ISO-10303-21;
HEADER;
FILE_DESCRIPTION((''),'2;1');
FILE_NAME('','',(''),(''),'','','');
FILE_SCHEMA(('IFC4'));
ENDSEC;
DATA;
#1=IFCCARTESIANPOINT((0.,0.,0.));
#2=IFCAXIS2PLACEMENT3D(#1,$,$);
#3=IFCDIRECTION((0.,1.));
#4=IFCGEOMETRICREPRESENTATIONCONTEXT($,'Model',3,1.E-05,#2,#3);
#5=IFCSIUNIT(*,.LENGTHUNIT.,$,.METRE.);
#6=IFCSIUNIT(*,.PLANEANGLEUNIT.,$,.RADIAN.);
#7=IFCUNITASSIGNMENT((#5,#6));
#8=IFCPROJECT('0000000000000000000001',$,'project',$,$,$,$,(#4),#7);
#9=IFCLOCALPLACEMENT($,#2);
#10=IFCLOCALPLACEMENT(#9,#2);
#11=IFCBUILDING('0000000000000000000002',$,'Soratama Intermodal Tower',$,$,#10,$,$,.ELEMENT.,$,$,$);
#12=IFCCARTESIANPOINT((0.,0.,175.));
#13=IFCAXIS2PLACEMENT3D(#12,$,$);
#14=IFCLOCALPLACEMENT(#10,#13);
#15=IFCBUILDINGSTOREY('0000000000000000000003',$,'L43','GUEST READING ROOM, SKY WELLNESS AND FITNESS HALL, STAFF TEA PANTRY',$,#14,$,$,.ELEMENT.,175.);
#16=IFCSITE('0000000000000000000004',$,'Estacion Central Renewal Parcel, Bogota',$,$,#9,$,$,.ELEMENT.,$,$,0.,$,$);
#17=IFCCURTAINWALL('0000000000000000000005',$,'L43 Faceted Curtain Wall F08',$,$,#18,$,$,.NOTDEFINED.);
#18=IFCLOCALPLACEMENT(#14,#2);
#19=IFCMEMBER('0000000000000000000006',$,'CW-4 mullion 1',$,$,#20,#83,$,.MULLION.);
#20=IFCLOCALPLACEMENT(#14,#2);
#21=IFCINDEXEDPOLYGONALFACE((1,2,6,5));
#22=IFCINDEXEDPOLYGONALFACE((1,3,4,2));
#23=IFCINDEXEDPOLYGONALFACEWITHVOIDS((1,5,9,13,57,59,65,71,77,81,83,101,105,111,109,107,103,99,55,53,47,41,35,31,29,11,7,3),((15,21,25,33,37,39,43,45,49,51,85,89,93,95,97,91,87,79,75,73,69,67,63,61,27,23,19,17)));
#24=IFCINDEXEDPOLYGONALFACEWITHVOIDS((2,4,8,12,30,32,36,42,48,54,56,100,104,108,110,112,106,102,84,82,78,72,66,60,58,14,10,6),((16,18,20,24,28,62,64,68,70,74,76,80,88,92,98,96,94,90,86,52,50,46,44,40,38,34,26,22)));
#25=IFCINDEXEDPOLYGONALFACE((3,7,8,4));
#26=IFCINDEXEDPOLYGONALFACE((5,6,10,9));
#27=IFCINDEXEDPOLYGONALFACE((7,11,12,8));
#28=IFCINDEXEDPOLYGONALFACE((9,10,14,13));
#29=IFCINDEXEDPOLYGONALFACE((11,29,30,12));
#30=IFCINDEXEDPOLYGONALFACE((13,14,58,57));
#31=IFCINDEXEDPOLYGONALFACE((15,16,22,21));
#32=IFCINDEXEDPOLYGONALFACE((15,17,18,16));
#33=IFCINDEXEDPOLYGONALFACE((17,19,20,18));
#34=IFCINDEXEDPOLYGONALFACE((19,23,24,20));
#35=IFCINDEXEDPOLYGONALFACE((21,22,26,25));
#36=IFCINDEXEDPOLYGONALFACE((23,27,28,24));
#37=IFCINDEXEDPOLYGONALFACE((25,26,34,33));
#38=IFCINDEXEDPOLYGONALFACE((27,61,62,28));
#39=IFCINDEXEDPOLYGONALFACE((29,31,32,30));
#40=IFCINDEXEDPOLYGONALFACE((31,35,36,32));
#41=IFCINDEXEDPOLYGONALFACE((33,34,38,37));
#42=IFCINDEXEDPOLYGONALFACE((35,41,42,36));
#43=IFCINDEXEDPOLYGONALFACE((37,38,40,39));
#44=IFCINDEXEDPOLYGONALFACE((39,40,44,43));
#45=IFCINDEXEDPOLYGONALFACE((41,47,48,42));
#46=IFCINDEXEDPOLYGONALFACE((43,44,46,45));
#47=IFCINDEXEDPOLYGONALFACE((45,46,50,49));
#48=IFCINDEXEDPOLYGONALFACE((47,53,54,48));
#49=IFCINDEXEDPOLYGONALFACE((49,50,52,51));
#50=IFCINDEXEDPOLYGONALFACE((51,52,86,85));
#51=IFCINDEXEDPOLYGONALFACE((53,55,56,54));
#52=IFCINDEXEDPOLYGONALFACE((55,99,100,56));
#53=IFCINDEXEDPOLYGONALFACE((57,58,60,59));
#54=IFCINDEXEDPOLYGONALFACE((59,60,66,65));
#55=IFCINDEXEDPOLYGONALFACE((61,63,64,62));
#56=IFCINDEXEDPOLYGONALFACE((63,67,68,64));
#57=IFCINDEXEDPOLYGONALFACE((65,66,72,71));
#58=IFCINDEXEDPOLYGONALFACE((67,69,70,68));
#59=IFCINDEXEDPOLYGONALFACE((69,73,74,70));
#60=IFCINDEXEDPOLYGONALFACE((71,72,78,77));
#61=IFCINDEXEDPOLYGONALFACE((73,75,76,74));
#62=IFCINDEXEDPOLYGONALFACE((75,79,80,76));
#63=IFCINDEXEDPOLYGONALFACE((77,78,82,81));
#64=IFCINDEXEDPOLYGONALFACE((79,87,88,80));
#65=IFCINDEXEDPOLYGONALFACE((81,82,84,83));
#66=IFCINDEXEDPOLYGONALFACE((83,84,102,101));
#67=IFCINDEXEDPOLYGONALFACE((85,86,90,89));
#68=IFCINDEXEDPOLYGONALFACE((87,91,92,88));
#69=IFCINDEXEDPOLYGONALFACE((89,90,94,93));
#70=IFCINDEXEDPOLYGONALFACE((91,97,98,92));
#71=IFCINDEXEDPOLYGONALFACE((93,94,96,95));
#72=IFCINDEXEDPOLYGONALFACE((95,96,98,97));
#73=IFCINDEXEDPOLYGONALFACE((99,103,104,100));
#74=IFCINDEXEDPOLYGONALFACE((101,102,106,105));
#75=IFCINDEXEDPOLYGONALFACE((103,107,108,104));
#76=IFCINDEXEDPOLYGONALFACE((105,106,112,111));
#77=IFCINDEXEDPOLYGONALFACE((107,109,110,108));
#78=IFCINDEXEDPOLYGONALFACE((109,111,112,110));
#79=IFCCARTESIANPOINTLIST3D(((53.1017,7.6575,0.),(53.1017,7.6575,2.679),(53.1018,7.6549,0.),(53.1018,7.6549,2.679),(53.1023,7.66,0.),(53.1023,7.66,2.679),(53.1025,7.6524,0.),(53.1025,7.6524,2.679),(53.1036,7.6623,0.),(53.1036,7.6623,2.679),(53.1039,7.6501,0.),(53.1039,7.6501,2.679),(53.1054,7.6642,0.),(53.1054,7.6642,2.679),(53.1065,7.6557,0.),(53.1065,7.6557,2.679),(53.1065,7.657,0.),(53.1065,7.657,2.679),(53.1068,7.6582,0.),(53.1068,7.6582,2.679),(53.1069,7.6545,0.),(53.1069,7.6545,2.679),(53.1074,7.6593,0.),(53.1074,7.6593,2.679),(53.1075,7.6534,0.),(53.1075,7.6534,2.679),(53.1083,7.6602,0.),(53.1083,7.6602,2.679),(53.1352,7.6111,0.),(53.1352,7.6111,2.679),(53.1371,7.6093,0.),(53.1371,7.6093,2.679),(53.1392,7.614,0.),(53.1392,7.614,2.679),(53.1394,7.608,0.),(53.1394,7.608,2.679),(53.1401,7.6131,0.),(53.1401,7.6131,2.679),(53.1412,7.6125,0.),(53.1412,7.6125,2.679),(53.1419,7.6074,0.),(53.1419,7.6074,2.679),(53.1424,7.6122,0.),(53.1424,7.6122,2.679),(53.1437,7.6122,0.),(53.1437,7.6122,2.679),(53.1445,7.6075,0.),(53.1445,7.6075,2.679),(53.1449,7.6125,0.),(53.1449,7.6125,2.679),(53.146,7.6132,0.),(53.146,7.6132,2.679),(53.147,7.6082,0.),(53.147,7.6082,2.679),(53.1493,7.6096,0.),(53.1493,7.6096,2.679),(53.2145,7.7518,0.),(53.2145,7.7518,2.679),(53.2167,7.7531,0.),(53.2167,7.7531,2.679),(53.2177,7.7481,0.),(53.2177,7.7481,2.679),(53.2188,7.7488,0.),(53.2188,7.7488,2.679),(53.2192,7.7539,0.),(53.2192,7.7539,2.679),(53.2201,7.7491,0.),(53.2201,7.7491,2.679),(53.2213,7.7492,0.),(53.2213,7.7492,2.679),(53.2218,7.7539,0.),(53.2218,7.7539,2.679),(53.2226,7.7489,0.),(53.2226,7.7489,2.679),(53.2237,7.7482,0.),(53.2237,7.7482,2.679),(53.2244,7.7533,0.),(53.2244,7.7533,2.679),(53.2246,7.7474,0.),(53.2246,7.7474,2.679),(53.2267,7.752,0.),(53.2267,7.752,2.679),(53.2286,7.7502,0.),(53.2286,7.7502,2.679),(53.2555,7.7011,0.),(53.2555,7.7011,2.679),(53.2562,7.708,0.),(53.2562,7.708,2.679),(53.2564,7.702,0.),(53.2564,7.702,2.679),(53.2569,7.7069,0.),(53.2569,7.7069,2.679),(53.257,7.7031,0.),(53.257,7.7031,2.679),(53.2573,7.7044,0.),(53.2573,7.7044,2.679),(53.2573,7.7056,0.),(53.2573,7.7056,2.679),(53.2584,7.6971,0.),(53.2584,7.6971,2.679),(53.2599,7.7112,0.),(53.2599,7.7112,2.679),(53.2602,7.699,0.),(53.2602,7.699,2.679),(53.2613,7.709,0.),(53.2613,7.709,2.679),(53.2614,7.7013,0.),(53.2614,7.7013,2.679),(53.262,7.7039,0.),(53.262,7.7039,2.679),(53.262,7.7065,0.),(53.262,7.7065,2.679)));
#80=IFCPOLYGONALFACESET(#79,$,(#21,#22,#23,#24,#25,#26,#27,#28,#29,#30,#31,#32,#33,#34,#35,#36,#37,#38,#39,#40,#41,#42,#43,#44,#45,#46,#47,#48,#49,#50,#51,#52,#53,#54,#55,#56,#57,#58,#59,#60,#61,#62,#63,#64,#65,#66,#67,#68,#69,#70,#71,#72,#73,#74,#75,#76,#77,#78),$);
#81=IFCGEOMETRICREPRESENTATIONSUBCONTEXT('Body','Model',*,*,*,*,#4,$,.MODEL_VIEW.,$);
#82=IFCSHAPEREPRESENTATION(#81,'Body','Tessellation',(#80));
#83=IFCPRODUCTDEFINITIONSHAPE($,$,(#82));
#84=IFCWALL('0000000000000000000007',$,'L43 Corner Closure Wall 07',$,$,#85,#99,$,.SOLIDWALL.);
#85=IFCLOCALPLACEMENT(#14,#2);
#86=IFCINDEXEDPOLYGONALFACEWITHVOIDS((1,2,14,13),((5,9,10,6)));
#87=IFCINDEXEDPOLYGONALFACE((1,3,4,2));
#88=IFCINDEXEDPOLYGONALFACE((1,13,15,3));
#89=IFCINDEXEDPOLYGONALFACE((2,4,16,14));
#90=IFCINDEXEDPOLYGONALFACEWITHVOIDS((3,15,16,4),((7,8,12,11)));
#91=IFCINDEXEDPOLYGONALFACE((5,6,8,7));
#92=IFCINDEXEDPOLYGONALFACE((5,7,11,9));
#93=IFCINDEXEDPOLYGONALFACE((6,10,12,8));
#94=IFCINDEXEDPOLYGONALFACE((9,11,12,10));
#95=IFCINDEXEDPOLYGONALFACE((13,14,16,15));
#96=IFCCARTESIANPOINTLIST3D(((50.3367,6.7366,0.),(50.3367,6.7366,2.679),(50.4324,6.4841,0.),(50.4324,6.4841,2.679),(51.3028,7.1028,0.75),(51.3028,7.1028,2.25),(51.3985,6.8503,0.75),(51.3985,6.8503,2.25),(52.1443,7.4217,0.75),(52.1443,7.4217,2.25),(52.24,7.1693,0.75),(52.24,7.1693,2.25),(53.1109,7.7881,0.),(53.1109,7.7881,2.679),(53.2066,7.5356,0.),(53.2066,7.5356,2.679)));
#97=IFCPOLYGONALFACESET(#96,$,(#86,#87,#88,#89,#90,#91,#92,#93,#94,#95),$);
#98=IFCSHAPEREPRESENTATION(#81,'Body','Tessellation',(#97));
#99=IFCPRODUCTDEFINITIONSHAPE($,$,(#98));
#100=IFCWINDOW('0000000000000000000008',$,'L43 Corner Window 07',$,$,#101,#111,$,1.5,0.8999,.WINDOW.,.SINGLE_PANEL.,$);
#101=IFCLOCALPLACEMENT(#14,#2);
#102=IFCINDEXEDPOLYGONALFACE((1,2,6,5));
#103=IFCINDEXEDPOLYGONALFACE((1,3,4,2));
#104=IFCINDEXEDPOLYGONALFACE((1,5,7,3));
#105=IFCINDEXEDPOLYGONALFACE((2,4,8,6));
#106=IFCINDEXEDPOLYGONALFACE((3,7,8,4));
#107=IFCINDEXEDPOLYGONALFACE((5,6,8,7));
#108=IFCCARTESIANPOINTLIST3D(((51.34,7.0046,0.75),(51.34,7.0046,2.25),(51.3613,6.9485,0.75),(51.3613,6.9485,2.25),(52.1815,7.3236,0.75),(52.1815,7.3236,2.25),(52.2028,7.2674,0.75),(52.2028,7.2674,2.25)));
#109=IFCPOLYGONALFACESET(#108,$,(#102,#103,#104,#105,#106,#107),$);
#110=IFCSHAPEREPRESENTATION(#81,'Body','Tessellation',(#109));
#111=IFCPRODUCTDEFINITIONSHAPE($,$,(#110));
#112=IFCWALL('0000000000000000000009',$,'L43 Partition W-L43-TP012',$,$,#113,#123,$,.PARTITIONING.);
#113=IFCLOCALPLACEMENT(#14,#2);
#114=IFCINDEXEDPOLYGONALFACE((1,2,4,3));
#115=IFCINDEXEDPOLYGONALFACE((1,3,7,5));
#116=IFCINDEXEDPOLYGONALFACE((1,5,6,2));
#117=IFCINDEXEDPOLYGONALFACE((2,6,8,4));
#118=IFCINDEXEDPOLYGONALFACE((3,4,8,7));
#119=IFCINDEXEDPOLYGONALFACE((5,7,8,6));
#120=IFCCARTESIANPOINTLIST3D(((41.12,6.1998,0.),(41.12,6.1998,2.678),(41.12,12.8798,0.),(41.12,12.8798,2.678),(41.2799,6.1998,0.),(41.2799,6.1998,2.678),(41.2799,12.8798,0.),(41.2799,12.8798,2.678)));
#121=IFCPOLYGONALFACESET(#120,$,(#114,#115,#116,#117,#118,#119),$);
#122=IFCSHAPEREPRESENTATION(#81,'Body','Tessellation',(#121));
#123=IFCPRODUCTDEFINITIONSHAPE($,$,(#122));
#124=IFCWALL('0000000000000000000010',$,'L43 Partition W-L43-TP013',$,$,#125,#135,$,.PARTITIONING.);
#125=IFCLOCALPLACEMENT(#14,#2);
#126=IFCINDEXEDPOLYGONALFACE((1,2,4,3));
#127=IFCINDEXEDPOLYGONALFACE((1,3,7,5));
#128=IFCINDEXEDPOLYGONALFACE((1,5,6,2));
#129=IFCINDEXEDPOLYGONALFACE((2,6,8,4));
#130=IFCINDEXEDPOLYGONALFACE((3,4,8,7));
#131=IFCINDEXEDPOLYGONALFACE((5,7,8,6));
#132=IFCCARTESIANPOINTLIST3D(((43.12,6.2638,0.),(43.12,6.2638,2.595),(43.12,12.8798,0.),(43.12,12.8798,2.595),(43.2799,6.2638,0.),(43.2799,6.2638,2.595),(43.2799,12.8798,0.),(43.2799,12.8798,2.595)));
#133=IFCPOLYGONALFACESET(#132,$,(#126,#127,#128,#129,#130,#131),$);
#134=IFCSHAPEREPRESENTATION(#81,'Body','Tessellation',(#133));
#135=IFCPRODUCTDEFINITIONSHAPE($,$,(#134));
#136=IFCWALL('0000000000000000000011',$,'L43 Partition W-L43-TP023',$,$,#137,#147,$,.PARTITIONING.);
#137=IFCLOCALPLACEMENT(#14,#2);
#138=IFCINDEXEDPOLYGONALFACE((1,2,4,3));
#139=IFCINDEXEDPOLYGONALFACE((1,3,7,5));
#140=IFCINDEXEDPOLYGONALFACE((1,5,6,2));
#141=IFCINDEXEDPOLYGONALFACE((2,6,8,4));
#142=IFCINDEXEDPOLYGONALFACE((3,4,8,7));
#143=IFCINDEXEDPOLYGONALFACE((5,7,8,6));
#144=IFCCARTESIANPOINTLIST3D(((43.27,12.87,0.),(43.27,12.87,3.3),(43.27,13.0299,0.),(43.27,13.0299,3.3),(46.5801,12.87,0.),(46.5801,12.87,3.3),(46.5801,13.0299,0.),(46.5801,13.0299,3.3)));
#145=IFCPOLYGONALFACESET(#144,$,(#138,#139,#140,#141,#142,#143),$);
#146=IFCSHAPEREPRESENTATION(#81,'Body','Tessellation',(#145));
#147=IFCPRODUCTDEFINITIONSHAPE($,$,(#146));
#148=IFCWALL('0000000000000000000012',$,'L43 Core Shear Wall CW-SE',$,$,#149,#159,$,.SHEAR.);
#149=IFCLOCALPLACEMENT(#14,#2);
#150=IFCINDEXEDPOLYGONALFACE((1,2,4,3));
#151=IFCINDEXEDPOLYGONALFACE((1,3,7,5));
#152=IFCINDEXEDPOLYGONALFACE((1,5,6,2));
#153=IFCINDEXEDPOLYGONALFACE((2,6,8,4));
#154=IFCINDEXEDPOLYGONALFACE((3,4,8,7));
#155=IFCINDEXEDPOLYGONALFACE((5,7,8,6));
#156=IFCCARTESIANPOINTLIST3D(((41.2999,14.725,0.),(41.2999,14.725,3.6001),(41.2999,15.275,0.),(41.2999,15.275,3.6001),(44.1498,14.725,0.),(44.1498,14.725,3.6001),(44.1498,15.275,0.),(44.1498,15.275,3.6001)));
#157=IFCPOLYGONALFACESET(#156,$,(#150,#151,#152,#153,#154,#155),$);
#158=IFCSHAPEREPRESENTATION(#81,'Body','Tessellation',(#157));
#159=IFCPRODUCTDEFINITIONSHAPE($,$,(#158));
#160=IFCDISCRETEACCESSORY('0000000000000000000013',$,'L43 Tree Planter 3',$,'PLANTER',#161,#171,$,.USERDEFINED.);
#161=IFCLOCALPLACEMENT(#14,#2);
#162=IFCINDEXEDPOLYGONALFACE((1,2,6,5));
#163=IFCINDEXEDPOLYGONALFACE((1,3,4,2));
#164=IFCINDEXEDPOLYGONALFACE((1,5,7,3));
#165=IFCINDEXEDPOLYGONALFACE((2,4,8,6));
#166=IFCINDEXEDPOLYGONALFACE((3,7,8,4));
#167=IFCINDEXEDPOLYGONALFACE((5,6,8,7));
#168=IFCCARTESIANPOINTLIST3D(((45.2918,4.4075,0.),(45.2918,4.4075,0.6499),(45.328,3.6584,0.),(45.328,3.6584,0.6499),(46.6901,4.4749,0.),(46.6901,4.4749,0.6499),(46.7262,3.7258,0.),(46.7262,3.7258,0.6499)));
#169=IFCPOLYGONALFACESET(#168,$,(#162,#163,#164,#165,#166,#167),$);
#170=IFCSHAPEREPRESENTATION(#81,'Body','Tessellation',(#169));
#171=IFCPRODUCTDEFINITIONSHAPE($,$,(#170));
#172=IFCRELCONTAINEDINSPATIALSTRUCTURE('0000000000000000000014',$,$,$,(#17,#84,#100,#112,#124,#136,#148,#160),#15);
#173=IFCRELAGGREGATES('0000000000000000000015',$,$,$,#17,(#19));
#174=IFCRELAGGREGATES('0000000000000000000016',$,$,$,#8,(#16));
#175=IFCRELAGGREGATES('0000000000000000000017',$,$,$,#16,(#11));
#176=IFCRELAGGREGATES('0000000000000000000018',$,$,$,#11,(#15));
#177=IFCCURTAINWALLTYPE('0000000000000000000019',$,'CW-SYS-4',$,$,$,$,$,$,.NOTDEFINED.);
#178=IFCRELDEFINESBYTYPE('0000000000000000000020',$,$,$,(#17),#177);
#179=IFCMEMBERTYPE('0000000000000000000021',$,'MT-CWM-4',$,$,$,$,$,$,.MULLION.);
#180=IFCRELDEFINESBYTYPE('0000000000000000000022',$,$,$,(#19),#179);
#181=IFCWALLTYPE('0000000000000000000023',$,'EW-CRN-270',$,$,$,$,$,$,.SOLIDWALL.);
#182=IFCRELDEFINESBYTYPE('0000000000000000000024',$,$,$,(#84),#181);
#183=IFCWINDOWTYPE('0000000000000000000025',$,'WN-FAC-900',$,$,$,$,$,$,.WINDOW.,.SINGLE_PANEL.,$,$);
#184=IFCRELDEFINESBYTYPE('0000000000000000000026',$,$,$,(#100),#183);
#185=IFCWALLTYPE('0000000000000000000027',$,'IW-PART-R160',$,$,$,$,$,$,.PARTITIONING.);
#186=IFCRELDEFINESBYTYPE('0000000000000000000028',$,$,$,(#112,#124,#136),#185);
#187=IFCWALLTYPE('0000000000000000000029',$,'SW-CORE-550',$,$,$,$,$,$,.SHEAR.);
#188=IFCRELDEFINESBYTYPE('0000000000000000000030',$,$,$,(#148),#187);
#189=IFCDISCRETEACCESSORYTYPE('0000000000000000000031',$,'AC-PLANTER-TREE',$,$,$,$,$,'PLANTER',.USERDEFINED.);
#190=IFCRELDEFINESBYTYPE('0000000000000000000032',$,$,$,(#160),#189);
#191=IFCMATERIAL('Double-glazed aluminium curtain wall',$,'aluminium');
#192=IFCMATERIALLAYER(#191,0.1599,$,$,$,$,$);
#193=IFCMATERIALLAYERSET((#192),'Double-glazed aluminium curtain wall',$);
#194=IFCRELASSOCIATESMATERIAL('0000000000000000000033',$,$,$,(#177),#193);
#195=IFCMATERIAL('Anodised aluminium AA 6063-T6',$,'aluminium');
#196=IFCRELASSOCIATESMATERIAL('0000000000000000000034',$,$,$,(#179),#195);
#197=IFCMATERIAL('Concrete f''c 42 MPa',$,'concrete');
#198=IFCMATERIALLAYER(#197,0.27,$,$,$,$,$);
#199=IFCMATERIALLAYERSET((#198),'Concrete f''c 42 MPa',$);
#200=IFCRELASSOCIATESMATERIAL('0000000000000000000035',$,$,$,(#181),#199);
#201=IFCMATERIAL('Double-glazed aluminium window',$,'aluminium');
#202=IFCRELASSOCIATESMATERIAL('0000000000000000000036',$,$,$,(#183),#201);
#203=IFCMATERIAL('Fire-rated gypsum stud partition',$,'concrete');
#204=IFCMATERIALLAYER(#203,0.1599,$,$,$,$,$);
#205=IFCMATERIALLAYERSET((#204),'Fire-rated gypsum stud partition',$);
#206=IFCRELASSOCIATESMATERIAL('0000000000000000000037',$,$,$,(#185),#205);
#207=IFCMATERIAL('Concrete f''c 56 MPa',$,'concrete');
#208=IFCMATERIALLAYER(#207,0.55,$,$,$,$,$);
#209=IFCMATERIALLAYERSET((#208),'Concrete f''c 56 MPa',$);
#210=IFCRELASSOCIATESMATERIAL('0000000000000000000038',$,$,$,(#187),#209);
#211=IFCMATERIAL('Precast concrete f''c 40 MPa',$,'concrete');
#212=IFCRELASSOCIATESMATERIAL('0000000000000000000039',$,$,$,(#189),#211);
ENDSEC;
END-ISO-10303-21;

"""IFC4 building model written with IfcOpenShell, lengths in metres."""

from ifc_helpers import new_model, si_unit, direction, frame, frame_2d, origin, origin_2d, place, context, subcontext, project, spatial, rectangle, hollow_rectangle, extrude, material, layer, layer_set, material_profile, profile_set, type_object, element, fill, aggregate, save


model = new_model("IFC4")

# Units and contexts
model_context = context("Model", 3, precision=1e-05, world=origin(), true_north=direction((0.0, 1.0)))
body_context = subcontext(model_context, "Body", "Model", "MODEL_VIEW")
ifc_project = project(units=[si_unit("LENGTHUNIT", "METRE"), si_unit("PLANEANGLEUNIT", "RADIAN")], contexts=[model_context])

# Site, building, storey
site_placement = place(None, origin())
site = spatial("IfcSite", under=ifc_project, at=site_placement, Name="Estacion Central Renewal Parcel, Bogota", CompositionType="ELEMENT", RefElevation=0.0)
building_placement = place(site_placement, origin())
building = spatial("IfcBuilding", under=site, at=building_placement, Name="Soratama Intermodal Tower", CompositionType="ELEMENT")
storey_placement = place(building_placement, frame((0.0, 0.0, 175.0)))
storey = spatial("IfcBuildingStorey", under=building, at=storey_placement, Name="L43", Description="GUEST READING ROOM, SKY WELLNESS AND FITNESS HALL, STAFF TEA PANTRY", CompositionType="ELEMENT", Elevation=175.0)

# Curtain wall, member
ifc_material_1 = material(Name="Double-glazed aluminium curtain wall", Category="aluminium")
ifc_layer_1 = layer(ifc_material_1, 0.1599)
ifc_layer_set_1 = layer_set([ifc_layer_1], Name="Double-glazed aluminium curtain wall")
curtain_wall_type = type_object("IfcCurtainWallType", Name="CW-SYS-4", PredefinedType="NOTDEFINED", material=ifc_layer_set_1)
curtain_wall_placement = place(storey_placement, origin())
curtain_wall = element("IfcCurtainWall", 1, at=curtain_wall_placement, inside=storey, type_object=curtain_wall_type, Name="L43 Faceted Curtain Wall F08", PredefinedType="NOTDEFINED")
ifc_material_2 = material(Name="Anodised aluminium AA 6063-T6", Category="aluminium")
ifc_material_profile_1 = material_profile(ifc_material_2, hollow_rectangle(XDim=0.0701, YDim=0.1599, WallThickness=0.0049, InnerFilletRadius=0.0049, OuterFilletRadius=0.01, at=origin_2d()), Name="CWM160X70X5")
ifc_profile_set_1 = profile_set([ifc_material_profile_1], Name="Anodised aluminium AA 6063-T6")
member_type = type_object("IfcMemberType", Name="MT-CWM-4", PredefinedType="MULLION", material=ifc_profile_set_1)
member_placement = place(storey_placement, frame((53.1819, 7.6807, 0.0), z_axis=(0.0, 0.0, 1.0), x_axis=(-0.626057, 0.779778, 0.0)))
member = element("IfcMember", 2, at=member_placement, type_object=member_type, Name="CW-4 mullion 1", PredefinedType="MULLION", context=body_context, shape_type="SweptSolid", body=[
    extrude(hollow_rectangle(XDim=0.0701, YDim=0.1599, WallThickness=0.0049, InnerFilletRadius=0.0049, OuterFilletRadius=0.01, at=origin_2d()), origin(), (0.0, 0.0, 1.0), 2.679),
])
aggregate(curtain_wall, [member])

# Wall, opening, window
ifc_material_3 = material(Name="Concrete f'c 42 MPa", Category="concrete")
ifc_layer_2 = layer(ifc_material_3, 0.27)
ifc_layer_set_2 = layer_set([ifc_layer_2], Name="Concrete f'c 42 MPa")
wall_type_1 = type_object("IfcWallType", Name="EW-CRN-270", PredefinedType="SOLIDWALL", material=ifc_layer_set_2)
wall_1_placement = place(storey_placement, frame((50.3845, 6.6104, 0.0), z_axis=(0.0, 0.0, 1.0), x_axis=(0.935082, 0.354431, 0.0)))
wall_1 = element("IfcWall", 3, at=wall_1_placement, inside=storey, type_object=wall_type_1, Name="L43 Corner Closure Wall 07", PredefinedType="SOLIDWALL", context=body_context, shape_type="SweptSolid", body=[
    extrude(rectangle(XDim=2.9668, YDim=0.27, at=frame_2d((1.4834, 0.0))), origin(), (0.0, 0.0, 1.0), 2.679),
])
opening_1_placement = place(wall_1_placement, frame((1.0332, 0.0, 0.75)))
opening_1 = element("IfcOpeningElement", 4, at=opening_1_placement, cuts=wall_1, PredefinedType="OPENING", context=body_context, shape_type="SweptSolid", body=[
    extrude(rectangle(XDim=0.8999, YDim=1.5, at=frame_2d((0.45, 0.75))), frame((0.0, 0.145, 0.0), z_axis=(0.0, -1.0, 0.0), x_axis=(1.0, 0.0, 0.0)), (0.0, 0.0, 1.0), 0.29),
])
ifc_material_4 = material(Name="Double-glazed aluminium window", Category="aluminium")
window_type_1 = type_object("IfcWindowType", Name="WN-FAC-900", PartitioningType="SINGLE_PANEL", PredefinedType="WINDOW", material=ifc_material_4)
window_1_placement = place(opening_1_placement, origin())
window_1 = element("IfcWindow", 5, at=window_1_placement, inside=storey, type_object=window_type_1, Name="L43 Corner Window 07", OverallHeight=1.5, OverallWidth=0.8999, PartitioningType="SINGLE_PANEL", PredefinedType="WINDOW", context=body_context, shape_type="SweptSolid", body=[
    extrude(rectangle(XDim=0.8999, YDim=1.5, at=frame_2d((0.45, 0.75))), frame((0.0, 0.03, 0.0), z_axis=(0.0, -1.0, 0.0), x_axis=(1.0, 0.0, 0.0)), (0.0, 0.0, 1.0), 0.0601),
])
fill(opening_1, window_1)

# Walls
ifc_material_5 = material(Name="Fire-rated gypsum stud partition", Category="concrete")
ifc_layer_3 = layer(ifc_material_5, 0.1599)
ifc_layer_set_3 = layer_set([ifc_layer_3], Name="Fire-rated gypsum stud partition")
wall_type_2 = type_object("IfcWallType", Name="IW-PART-R160", PredefinedType="PARTITIONING", material=ifc_layer_set_3)
wall_2_placement = place(storey_placement, frame((41.2, 6.2, 0.0), z_axis=(0.0, 0.0, 1.0), x_axis=(0.0, 1.0, 0.0)))
element("IfcWall", 6, at=wall_2_placement, inside=storey, type_object=wall_type_2, Name="L43 Partition W-L43-TP012", PredefinedType="PARTITIONING", context=body_context, shape_type="SweptSolid", body=[
    extrude(rectangle(XDim=6.6799, YDim=0.1599, at=frame_2d((3.3398, 0.0))), origin(), (0.0, 0.0, 1.0), 2.678),
])
wall_3_placement = place(storey_placement, frame((43.2, 12.8799, 0.0), z_axis=(0.0, 0.0, 1.0), x_axis=(0.0, -1.0, 0.0)))
element("IfcWall", 7, at=wall_3_placement, inside=storey, type_object=wall_type_2, Name="L43 Partition W-L43-TP013", PredefinedType="PARTITIONING", context=body_context, shape_type="SweptSolid", body=[
    extrude(rectangle(XDim=6.616, YDim=0.1599, at=frame_2d((3.3081, 0.0))), origin(), (0.0, 0.0, 1.0), 2.595),
])
wall_4_placement = place(storey_placement, frame((46.5801, 12.95, 0.0), z_axis=(0.0, 0.0, 1.0), x_axis=(-1.0, 0.0, 0.0)))
element("IfcWall", 8, at=wall_4_placement, inside=storey, type_object=wall_type_2, Name="L43 Partition W-L43-TP023", PredefinedType="PARTITIONING", context=body_context, shape_type="SweptSolid", body=[
    extrude(rectangle(XDim=3.3101, YDim=0.1599, at=frame_2d((1.655, 0.0))), origin(), (0.0, 0.0, 1.0), 3.3),
])
ifc_material_6 = material(Name="Concrete f'c 56 MPa", Category="concrete")
ifc_layer_4 = layer(ifc_material_6, 0.55)
ifc_layer_set_4 = layer_set([ifc_layer_4], Name="Concrete f'c 56 MPa")
wall_type_3 = type_object("IfcWallType", Name="SW-CORE-550", PredefinedType="SHEAR", material=ifc_layer_set_4)
wall_5_placement = place(storey_placement, frame((41.3, 15.0, 0.0), z_axis=(0.0, 0.0, 1.0), x_axis=(1.0, 0.0, 0.0)))
element("IfcWall", 9, at=wall_5_placement, inside=storey, type_object=wall_type_3, Name="L43 Core Shear Wall CW-SE", PredefinedType="SHEAR", context=body_context, shape_type="SweptSolid", body=[
    extrude(rectangle(XDim=2.8499, YDim=0.55, at=frame_2d((1.4248, 0.0))), origin(), (0.0, 0.0, 1.0), 3.6001),
])

# Discrete accessory
ifc_material_7 = material(Name="Precast concrete f'c 40 MPa", Category="concrete")
discrete_accessory_type = type_object("IfcDiscreteAccessoryType", Name="AC-PLANTER-TREE", ElementType="PLANTER", PredefinedType="USERDEFINED", material=ifc_material_7)
discrete_accessory_placement = place(storey_placement, frame((46.009, 4.0667, 0.0), z_axis=(0.0, 0.0, 1.0), x_axis=(0.048152, -0.99884, 0.0)))
element("IfcDiscreteAccessory", 10, at=discrete_accessory_placement, inside=storey, type_object=discrete_accessory_type, Name="L43 Tree Planter 3", ObjectType="PLANTER", PredefinedType="USERDEFINED", context=body_context, shape_type="SweptSolid", body=[
    extrude(rectangle(XDim=0.75, YDim=1.3999, at=origin_2d()), origin(), (0.0, 0.0, 1.0), 0.6499),
])

save(model, "model.ifc")
